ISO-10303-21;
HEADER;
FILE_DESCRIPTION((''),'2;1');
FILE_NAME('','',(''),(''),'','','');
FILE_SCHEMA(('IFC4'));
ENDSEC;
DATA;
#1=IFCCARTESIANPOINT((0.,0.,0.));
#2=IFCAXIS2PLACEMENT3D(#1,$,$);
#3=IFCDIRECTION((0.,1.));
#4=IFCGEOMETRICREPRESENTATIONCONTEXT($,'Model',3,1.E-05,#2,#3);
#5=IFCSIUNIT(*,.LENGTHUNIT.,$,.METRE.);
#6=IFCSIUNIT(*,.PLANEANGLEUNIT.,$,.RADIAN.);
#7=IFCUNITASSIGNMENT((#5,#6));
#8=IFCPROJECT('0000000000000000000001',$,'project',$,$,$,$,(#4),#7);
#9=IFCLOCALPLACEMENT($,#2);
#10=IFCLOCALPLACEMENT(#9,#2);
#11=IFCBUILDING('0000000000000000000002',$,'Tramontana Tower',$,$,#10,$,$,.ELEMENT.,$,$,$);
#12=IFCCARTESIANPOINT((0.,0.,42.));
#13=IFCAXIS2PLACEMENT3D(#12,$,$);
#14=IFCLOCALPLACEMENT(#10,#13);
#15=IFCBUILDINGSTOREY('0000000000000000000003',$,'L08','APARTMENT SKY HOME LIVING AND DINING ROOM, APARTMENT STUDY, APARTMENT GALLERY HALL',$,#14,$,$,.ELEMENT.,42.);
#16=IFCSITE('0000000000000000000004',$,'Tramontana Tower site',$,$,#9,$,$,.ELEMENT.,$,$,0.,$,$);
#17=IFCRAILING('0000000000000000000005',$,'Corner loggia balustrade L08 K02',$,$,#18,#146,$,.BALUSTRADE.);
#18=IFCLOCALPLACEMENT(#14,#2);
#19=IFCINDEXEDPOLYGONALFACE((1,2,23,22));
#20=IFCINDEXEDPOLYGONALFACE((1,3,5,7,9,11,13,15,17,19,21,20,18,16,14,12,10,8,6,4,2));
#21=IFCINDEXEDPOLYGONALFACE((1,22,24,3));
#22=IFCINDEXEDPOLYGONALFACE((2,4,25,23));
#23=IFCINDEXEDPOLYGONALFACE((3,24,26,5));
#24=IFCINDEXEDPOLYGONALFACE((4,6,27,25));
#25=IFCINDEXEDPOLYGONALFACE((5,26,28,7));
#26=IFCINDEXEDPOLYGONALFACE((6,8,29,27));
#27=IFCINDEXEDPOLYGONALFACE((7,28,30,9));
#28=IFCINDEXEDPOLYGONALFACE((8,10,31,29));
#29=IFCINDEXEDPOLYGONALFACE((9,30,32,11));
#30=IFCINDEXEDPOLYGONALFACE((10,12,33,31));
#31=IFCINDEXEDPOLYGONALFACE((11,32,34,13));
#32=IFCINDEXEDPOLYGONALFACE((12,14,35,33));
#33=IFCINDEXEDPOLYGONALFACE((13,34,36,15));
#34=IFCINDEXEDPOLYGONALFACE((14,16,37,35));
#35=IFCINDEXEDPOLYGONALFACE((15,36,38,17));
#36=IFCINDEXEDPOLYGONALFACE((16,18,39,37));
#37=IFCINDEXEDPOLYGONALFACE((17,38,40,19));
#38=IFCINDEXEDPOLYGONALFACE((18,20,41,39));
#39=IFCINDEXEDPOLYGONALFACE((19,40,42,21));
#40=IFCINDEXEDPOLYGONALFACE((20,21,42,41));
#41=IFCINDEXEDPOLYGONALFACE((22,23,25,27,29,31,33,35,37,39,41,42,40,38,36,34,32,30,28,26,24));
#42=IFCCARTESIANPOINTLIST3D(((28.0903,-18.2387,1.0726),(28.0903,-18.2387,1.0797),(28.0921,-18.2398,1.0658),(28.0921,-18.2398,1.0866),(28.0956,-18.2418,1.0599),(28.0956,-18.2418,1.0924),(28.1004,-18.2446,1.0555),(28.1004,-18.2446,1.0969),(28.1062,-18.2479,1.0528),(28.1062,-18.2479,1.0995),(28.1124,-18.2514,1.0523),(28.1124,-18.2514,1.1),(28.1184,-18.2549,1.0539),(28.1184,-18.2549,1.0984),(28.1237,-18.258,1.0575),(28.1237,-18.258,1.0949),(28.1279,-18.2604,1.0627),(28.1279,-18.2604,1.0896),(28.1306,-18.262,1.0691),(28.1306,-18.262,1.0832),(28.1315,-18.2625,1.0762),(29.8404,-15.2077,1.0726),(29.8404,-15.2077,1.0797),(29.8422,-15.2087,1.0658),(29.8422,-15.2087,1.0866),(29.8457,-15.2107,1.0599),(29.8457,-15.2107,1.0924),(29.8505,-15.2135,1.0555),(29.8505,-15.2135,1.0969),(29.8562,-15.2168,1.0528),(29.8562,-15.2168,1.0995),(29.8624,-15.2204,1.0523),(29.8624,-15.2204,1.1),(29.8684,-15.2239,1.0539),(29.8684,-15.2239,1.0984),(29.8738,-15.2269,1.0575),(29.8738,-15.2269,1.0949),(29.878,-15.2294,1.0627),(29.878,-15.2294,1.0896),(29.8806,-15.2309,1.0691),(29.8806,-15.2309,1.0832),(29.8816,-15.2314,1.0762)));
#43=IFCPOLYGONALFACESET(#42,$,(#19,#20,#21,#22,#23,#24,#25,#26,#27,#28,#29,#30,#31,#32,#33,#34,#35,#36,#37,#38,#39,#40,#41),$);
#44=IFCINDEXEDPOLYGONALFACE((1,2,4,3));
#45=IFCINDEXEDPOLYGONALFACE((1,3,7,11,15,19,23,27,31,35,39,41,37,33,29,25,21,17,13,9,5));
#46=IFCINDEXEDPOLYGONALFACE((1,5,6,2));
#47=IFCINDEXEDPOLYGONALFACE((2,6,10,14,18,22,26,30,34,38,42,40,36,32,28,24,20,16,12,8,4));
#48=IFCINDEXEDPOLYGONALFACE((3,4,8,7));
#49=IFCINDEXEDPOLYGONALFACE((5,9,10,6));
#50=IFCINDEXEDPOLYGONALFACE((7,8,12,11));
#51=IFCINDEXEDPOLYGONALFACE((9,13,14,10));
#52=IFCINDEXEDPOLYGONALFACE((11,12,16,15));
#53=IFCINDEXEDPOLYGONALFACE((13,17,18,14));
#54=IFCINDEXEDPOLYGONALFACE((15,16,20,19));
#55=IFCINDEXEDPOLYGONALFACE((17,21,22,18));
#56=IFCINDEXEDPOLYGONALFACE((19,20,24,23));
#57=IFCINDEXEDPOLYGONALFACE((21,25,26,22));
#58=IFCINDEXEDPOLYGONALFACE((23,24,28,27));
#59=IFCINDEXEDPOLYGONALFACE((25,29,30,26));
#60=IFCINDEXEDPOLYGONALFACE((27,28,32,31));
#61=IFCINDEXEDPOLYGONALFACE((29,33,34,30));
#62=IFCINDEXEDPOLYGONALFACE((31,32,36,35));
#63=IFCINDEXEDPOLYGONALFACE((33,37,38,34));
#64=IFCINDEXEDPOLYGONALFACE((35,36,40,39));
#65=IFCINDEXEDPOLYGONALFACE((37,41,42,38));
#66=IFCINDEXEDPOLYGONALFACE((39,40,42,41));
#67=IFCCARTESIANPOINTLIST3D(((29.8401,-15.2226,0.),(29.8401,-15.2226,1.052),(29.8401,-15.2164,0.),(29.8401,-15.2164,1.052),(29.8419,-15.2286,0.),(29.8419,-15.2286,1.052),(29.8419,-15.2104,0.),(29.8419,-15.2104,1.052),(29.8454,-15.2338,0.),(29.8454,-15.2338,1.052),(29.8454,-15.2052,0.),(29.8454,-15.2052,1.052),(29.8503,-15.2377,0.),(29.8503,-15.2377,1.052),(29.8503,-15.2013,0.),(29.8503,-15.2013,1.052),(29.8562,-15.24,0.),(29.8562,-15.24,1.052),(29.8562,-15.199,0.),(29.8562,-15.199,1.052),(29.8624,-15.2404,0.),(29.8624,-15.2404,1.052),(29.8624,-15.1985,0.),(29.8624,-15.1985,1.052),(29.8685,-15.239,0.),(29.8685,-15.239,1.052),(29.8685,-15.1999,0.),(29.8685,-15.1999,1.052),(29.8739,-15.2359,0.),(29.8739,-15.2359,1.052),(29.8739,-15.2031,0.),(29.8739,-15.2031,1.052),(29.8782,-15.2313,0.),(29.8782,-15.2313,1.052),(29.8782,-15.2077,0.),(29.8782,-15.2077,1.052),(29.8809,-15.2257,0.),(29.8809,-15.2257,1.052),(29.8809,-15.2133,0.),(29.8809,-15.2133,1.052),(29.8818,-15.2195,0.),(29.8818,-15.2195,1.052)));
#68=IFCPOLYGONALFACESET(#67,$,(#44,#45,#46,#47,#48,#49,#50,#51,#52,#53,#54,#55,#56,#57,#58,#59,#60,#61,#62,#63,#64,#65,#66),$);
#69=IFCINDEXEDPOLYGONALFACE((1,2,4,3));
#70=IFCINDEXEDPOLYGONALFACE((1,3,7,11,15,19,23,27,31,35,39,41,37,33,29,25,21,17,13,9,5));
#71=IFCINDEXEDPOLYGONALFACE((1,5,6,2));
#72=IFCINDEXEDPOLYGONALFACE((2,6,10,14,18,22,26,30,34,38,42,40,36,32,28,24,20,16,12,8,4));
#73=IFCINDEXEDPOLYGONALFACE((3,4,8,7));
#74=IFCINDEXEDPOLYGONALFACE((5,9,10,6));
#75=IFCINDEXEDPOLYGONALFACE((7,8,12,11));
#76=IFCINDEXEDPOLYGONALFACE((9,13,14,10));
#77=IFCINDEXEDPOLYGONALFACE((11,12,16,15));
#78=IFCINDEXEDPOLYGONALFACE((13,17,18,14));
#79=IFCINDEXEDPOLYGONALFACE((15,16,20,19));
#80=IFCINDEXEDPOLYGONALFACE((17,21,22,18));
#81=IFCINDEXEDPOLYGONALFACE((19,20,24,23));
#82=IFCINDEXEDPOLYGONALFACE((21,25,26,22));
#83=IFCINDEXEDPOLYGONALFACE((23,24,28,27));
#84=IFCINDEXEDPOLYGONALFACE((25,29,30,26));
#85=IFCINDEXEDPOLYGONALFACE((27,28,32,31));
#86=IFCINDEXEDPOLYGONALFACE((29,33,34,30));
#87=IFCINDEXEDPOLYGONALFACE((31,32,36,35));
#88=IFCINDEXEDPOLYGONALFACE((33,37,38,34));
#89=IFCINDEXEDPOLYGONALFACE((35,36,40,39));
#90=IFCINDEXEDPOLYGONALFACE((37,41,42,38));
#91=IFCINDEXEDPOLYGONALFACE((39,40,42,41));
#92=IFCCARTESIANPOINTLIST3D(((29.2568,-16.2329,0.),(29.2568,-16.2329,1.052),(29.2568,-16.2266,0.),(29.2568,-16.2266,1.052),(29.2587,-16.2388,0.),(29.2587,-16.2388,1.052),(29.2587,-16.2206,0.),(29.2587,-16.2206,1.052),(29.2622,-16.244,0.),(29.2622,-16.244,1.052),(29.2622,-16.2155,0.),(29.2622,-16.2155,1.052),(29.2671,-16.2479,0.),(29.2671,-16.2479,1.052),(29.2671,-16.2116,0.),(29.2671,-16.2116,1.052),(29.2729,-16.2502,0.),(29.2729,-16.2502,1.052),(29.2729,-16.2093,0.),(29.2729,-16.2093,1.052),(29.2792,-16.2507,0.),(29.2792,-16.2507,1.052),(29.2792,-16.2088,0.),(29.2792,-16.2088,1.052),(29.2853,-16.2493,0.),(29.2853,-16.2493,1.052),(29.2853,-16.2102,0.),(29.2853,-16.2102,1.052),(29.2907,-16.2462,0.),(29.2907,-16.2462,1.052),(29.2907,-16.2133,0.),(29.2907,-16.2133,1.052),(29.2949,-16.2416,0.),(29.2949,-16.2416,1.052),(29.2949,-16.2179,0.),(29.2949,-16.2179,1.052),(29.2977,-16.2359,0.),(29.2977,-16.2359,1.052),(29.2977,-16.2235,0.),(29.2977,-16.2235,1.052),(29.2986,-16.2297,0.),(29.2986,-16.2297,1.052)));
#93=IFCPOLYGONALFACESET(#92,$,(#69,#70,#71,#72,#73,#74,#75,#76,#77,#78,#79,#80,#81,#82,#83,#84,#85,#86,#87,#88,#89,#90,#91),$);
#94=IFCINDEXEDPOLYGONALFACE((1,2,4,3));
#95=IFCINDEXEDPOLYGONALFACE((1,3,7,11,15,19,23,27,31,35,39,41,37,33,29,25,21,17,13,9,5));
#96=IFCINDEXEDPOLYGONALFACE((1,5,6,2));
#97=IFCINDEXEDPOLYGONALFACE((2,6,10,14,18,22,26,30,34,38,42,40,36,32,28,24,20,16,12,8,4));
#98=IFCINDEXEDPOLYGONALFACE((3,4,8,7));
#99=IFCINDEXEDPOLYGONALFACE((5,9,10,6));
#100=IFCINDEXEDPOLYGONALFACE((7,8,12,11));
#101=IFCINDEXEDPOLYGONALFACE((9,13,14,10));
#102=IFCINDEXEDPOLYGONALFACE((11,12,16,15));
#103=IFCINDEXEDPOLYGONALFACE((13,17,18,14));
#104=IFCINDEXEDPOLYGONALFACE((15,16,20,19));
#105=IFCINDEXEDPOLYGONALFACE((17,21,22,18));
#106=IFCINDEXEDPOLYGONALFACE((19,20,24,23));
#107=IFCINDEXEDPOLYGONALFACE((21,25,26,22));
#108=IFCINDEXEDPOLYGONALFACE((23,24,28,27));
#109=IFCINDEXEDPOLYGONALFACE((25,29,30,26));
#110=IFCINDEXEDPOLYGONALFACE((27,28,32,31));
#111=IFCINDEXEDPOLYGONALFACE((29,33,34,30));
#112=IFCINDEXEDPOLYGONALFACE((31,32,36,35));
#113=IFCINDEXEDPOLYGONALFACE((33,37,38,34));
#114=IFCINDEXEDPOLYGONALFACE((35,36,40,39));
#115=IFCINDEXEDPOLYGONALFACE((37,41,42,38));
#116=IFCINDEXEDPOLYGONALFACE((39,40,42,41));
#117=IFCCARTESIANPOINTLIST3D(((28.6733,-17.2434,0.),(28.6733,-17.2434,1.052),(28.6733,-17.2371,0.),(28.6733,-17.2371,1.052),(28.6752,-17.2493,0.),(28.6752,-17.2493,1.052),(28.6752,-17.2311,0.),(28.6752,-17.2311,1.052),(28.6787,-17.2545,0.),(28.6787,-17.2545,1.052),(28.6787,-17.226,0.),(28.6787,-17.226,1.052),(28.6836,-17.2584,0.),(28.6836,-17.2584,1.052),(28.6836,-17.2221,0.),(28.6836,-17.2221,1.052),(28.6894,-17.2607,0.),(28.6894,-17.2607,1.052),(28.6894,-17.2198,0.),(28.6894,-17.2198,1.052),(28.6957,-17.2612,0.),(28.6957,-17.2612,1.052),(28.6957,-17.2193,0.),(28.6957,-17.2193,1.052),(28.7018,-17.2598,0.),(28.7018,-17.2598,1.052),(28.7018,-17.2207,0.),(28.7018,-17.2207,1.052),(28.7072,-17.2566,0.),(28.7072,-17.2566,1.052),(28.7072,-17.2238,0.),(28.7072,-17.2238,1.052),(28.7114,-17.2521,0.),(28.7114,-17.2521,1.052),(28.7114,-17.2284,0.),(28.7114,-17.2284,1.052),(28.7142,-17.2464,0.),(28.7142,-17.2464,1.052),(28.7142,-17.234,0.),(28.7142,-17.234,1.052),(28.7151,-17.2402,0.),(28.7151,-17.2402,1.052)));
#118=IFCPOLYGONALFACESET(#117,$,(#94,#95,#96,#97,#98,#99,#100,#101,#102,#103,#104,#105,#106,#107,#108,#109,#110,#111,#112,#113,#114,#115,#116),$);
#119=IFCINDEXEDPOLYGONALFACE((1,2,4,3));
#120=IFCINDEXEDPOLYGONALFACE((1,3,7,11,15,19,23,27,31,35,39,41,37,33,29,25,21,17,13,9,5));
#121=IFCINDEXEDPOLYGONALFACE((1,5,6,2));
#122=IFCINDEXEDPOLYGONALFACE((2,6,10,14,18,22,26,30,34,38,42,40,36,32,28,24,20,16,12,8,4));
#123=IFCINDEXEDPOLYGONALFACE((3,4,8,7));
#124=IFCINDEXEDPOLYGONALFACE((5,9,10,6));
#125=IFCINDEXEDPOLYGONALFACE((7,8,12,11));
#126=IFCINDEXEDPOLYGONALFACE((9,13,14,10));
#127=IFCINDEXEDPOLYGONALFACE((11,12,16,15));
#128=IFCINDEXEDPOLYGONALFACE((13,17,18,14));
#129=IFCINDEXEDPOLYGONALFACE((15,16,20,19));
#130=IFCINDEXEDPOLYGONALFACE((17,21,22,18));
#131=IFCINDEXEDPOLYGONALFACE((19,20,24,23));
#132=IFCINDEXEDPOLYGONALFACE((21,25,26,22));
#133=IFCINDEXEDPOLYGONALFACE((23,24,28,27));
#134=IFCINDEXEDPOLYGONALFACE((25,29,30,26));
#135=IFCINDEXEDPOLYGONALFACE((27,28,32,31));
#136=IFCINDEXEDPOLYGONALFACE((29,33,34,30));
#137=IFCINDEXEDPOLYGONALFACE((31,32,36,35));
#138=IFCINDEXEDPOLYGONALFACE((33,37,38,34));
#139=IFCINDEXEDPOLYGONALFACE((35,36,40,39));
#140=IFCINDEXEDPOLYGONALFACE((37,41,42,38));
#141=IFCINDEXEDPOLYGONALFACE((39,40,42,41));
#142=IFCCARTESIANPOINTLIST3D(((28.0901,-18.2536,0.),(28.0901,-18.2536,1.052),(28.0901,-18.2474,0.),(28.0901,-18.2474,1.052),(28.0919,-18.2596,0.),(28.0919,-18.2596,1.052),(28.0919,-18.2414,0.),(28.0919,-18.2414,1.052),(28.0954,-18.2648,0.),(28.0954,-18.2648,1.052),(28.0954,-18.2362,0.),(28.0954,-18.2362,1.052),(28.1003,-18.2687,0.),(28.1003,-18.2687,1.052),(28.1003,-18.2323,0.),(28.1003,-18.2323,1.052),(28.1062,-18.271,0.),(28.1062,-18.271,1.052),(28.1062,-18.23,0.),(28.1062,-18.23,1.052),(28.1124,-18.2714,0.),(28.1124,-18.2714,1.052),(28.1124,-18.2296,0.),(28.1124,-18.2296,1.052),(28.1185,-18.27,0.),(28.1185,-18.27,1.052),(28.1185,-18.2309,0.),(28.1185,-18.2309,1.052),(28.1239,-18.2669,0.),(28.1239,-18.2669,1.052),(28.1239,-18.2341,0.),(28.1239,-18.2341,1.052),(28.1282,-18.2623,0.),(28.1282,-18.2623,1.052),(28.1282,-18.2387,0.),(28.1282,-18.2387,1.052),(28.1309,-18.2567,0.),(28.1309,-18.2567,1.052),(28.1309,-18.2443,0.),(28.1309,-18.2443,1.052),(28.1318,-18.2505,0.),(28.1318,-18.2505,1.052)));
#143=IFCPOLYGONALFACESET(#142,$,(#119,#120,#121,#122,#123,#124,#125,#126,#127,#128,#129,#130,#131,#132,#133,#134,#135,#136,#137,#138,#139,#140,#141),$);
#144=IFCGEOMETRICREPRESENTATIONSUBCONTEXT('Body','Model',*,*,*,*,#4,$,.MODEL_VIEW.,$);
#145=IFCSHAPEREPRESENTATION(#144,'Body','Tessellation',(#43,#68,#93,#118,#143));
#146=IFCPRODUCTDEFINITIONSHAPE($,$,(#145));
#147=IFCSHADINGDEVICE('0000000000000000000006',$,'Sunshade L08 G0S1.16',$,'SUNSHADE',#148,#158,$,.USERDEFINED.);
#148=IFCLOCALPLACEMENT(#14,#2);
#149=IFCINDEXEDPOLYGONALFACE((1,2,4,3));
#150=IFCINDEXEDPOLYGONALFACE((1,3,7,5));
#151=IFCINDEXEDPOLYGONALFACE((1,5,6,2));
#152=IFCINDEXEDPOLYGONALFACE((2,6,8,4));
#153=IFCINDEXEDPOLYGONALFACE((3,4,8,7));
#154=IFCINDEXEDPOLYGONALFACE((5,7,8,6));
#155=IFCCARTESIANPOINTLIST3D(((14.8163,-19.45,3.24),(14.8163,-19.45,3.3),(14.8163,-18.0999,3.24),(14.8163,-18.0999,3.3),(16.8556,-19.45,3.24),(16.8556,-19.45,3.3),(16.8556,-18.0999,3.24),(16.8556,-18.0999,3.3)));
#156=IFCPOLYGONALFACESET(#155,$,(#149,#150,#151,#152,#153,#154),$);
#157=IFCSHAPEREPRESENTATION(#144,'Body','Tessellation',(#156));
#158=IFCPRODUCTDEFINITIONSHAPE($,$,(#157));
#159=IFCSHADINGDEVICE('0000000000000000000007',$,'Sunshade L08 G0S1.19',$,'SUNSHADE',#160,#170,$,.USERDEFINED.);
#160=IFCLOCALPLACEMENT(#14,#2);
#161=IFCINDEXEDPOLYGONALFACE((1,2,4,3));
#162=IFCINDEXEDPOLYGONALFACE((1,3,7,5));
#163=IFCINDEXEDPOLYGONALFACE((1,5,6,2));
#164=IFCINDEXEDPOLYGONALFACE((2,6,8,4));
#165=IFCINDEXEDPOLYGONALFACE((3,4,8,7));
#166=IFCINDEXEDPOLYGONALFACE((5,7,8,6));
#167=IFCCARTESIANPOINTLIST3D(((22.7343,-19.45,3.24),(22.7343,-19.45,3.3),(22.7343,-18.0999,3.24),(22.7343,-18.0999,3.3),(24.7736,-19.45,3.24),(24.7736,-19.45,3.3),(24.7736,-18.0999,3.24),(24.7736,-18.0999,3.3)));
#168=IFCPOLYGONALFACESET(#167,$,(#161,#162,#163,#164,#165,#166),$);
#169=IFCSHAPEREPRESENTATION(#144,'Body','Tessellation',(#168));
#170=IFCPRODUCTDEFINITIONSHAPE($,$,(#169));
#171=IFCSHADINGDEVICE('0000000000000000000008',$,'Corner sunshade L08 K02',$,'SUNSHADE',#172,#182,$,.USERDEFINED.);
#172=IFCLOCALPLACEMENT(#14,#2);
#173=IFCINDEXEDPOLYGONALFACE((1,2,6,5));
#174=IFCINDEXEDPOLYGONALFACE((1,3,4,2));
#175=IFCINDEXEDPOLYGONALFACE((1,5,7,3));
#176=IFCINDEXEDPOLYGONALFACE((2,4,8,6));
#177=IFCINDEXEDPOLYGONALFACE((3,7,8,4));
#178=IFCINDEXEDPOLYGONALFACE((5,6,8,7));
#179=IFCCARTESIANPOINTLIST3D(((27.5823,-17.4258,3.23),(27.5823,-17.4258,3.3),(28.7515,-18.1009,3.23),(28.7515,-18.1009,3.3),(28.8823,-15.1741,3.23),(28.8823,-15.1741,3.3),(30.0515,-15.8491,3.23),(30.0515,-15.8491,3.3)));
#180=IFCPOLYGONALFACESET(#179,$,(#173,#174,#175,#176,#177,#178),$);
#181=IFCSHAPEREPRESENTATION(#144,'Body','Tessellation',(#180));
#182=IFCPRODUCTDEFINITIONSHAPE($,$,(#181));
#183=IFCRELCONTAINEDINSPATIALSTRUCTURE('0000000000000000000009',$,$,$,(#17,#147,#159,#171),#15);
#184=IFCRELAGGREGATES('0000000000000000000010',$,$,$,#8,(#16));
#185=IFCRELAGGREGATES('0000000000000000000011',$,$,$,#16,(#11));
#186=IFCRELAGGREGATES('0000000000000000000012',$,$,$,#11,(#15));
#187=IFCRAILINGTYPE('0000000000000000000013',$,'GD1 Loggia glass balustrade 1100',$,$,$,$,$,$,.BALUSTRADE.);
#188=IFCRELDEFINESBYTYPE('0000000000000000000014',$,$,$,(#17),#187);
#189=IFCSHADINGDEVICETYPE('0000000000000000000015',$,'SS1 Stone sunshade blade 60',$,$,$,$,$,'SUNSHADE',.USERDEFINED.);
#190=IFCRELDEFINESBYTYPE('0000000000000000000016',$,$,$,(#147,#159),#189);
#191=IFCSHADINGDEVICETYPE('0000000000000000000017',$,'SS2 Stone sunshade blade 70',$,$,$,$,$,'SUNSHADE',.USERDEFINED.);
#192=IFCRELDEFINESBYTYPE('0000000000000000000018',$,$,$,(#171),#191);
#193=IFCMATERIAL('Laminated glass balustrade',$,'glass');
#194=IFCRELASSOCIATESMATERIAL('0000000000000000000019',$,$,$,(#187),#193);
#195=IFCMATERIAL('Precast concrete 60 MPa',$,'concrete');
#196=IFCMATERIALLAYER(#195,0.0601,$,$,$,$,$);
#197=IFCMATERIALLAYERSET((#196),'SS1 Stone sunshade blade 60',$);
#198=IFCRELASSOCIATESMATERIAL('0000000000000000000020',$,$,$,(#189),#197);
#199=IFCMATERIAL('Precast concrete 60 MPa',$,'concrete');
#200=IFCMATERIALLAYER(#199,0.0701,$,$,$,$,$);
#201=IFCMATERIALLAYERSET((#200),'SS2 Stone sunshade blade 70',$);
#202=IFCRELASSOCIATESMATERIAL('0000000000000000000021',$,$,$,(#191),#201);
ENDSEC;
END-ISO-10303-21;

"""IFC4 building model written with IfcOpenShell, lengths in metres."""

from ifc_helpers import new_model, si_unit, direction, frame, origin, origin_2d, place, context, subcontext, project, spatial, rectangle, circle, extrude, material, layer, layer_set, type_object, element, save


model = new_model("IFC4")

# Units and contexts
model_context = context("Model", 3, precision=1e-05, world=origin(), true_north=direction((0.0, 1.0)))
body_context = subcontext(model_context, "Body", "Model", "MODEL_VIEW")
ifc_project = project(units=[si_unit("LENGTHUNIT", "METRE"), si_unit("PLANEANGLEUNIT", "RADIAN")], contexts=[model_context])

# Site, building, storey
site_placement = place(None, origin())
site = spatial("IfcSite", under=ifc_project, at=site_placement, Name="Tramontana Tower site", CompositionType="ELEMENT", RefElevation=0.0)
building_placement = place(site_placement, origin())
building = spatial("IfcBuilding", under=site, at=building_placement, Name="Tramontana Tower", CompositionType="ELEMENT")
storey_placement = place(building_placement, frame((0.0, 0.0, 42.0)))
storey = spatial("IfcBuildingStorey", under=building, at=storey_placement, Name="L08", Description="APARTMENT SKY HOME LIVING AND DINING ROOM, APARTMENT STUDY, APARTMENT GALLERY HALL", CompositionType="ELEMENT", Elevation=42.0)

# Railing
ifc_material_1 = material(Name="Laminated glass balustrade", Category="glass")
railing_type = type_object("IfcRailingType", Name="GD1 Loggia glass balustrade 1100", PredefinedType="BALUSTRADE", material=ifc_material_1)
railing_placement = place(storey_placement, frame((29.8608, -15.2195, 0.0)))
element("IfcRailing", 1, at=railing_placement, inside=storey, type_object=railing_type, Name="Corner loggia balustrade L08 K02", PredefinedType="BALUSTRADE", context=body_context, shape_type="SweptSolid", body=[
    extrude(circle(Radius=0.0239, at=origin_2d()), frame((0.0, 0.0, 1.0762), z_axis=(-0.50001, -0.866019, 0.0), x_axis=(0.866019, -0.50001, 0.0)), (0.0, 0.0, 1.0), 3.5),
    extrude(circle(Radius=0.021, at=origin_2d()), origin(), (0.0, 0.0, 1.0), 1.052),
    extrude(circle(Radius=0.021, at=origin_2d()), frame((-0.5833, -1.0103, 0.0)), (0.0, 0.0, 1.0), 1.052),
    extrude(circle(Radius=0.021, at=origin_2d()), frame((-1.1667, -2.0208, 0.0)), (0.0, 0.0, 1.0), 1.052),
    extrude(circle(Radius=0.021, at=origin_2d()), frame((-1.75, -3.031, 0.0)), (0.0, 0.0, 1.0), 1.052),
])

# Shading devices
ifc_material_2 = material(Name="Precast concrete 60 MPa", Category="concrete")
ifc_layer_1 = layer(ifc_material_2, 0.0601)
ifc_layer_set_1 = layer_set([ifc_layer_1], Name="SS1 Stone sunshade blade 60")
shading_device_type_1 = type_object("IfcShadingDeviceType", Name="SS1 Stone sunshade blade 60", ElementType="SUNSHADE", PredefinedType="USERDEFINED", material=ifc_layer_set_1)
for number, where, z_axis, x_axis, name in (
    (2, (15.8359, -18.7749, 3.24), (0.0, 0.0, 1.0), (1.0, 0.0, 0.0), "Sunshade L08 G0S1.16"),
    (3, (23.7539, -18.7749, 3.24), (0.0, 0.0, 1.0), (1.0, 0.0, 0.0), "Sunshade L08 G0S1.19"),
):
    element("IfcShadingDevice", number, at=place(storey_placement, frame(where, z_axis=z_axis, x_axis=x_axis)), inside=storey, type_object=shading_device_type_1, Name=name, ObjectType="SUNSHADE", PredefinedType="USERDEFINED", context=body_context, shape_type="SweptSolid", body=[
        extrude(rectangle(XDim=2.0393, YDim=1.3501, at=origin_2d()), origin(), (0.0, 0.0, 1.0), 0.0601),
    ])
ifc_material_3 = material(Name="Precast concrete 60 MPa", Category="concrete")
ifc_layer_2 = layer(ifc_material_3, 0.0701)
ifc_layer_set_2 = layer_set([ifc_layer_2], Name="SS2 Stone sunshade blade 70")
shading_device_type_2 = type_object("IfcShadingDeviceType", Name="SS2 Stone sunshade blade 70", ElementType="SUNSHADE", PredefinedType="USERDEFINED", material=ifc_layer_set_2)
shading_device_placement = place(storey_placement, frame((28.8169, -16.6375, 3.23), z_axis=(0.0, 0.0, 1.0), x_axis=(-0.5, -0.866025, 0.0)))
element("IfcShadingDevice", 4, at=shading_device_placement, inside=storey, type_object=shading_device_type_2, Name="Corner sunshade L08 K02", ObjectType="SUNSHADE", PredefinedType="USERDEFINED", context=body_context, shape_type="SweptSolid", body=[
    extrude(rectangle(XDim=2.6001, YDim=1.3501, at=origin_2d()), origin(), (0.0, 0.0, 1.0), 0.0701),
])

save(model, "model.ifc")
